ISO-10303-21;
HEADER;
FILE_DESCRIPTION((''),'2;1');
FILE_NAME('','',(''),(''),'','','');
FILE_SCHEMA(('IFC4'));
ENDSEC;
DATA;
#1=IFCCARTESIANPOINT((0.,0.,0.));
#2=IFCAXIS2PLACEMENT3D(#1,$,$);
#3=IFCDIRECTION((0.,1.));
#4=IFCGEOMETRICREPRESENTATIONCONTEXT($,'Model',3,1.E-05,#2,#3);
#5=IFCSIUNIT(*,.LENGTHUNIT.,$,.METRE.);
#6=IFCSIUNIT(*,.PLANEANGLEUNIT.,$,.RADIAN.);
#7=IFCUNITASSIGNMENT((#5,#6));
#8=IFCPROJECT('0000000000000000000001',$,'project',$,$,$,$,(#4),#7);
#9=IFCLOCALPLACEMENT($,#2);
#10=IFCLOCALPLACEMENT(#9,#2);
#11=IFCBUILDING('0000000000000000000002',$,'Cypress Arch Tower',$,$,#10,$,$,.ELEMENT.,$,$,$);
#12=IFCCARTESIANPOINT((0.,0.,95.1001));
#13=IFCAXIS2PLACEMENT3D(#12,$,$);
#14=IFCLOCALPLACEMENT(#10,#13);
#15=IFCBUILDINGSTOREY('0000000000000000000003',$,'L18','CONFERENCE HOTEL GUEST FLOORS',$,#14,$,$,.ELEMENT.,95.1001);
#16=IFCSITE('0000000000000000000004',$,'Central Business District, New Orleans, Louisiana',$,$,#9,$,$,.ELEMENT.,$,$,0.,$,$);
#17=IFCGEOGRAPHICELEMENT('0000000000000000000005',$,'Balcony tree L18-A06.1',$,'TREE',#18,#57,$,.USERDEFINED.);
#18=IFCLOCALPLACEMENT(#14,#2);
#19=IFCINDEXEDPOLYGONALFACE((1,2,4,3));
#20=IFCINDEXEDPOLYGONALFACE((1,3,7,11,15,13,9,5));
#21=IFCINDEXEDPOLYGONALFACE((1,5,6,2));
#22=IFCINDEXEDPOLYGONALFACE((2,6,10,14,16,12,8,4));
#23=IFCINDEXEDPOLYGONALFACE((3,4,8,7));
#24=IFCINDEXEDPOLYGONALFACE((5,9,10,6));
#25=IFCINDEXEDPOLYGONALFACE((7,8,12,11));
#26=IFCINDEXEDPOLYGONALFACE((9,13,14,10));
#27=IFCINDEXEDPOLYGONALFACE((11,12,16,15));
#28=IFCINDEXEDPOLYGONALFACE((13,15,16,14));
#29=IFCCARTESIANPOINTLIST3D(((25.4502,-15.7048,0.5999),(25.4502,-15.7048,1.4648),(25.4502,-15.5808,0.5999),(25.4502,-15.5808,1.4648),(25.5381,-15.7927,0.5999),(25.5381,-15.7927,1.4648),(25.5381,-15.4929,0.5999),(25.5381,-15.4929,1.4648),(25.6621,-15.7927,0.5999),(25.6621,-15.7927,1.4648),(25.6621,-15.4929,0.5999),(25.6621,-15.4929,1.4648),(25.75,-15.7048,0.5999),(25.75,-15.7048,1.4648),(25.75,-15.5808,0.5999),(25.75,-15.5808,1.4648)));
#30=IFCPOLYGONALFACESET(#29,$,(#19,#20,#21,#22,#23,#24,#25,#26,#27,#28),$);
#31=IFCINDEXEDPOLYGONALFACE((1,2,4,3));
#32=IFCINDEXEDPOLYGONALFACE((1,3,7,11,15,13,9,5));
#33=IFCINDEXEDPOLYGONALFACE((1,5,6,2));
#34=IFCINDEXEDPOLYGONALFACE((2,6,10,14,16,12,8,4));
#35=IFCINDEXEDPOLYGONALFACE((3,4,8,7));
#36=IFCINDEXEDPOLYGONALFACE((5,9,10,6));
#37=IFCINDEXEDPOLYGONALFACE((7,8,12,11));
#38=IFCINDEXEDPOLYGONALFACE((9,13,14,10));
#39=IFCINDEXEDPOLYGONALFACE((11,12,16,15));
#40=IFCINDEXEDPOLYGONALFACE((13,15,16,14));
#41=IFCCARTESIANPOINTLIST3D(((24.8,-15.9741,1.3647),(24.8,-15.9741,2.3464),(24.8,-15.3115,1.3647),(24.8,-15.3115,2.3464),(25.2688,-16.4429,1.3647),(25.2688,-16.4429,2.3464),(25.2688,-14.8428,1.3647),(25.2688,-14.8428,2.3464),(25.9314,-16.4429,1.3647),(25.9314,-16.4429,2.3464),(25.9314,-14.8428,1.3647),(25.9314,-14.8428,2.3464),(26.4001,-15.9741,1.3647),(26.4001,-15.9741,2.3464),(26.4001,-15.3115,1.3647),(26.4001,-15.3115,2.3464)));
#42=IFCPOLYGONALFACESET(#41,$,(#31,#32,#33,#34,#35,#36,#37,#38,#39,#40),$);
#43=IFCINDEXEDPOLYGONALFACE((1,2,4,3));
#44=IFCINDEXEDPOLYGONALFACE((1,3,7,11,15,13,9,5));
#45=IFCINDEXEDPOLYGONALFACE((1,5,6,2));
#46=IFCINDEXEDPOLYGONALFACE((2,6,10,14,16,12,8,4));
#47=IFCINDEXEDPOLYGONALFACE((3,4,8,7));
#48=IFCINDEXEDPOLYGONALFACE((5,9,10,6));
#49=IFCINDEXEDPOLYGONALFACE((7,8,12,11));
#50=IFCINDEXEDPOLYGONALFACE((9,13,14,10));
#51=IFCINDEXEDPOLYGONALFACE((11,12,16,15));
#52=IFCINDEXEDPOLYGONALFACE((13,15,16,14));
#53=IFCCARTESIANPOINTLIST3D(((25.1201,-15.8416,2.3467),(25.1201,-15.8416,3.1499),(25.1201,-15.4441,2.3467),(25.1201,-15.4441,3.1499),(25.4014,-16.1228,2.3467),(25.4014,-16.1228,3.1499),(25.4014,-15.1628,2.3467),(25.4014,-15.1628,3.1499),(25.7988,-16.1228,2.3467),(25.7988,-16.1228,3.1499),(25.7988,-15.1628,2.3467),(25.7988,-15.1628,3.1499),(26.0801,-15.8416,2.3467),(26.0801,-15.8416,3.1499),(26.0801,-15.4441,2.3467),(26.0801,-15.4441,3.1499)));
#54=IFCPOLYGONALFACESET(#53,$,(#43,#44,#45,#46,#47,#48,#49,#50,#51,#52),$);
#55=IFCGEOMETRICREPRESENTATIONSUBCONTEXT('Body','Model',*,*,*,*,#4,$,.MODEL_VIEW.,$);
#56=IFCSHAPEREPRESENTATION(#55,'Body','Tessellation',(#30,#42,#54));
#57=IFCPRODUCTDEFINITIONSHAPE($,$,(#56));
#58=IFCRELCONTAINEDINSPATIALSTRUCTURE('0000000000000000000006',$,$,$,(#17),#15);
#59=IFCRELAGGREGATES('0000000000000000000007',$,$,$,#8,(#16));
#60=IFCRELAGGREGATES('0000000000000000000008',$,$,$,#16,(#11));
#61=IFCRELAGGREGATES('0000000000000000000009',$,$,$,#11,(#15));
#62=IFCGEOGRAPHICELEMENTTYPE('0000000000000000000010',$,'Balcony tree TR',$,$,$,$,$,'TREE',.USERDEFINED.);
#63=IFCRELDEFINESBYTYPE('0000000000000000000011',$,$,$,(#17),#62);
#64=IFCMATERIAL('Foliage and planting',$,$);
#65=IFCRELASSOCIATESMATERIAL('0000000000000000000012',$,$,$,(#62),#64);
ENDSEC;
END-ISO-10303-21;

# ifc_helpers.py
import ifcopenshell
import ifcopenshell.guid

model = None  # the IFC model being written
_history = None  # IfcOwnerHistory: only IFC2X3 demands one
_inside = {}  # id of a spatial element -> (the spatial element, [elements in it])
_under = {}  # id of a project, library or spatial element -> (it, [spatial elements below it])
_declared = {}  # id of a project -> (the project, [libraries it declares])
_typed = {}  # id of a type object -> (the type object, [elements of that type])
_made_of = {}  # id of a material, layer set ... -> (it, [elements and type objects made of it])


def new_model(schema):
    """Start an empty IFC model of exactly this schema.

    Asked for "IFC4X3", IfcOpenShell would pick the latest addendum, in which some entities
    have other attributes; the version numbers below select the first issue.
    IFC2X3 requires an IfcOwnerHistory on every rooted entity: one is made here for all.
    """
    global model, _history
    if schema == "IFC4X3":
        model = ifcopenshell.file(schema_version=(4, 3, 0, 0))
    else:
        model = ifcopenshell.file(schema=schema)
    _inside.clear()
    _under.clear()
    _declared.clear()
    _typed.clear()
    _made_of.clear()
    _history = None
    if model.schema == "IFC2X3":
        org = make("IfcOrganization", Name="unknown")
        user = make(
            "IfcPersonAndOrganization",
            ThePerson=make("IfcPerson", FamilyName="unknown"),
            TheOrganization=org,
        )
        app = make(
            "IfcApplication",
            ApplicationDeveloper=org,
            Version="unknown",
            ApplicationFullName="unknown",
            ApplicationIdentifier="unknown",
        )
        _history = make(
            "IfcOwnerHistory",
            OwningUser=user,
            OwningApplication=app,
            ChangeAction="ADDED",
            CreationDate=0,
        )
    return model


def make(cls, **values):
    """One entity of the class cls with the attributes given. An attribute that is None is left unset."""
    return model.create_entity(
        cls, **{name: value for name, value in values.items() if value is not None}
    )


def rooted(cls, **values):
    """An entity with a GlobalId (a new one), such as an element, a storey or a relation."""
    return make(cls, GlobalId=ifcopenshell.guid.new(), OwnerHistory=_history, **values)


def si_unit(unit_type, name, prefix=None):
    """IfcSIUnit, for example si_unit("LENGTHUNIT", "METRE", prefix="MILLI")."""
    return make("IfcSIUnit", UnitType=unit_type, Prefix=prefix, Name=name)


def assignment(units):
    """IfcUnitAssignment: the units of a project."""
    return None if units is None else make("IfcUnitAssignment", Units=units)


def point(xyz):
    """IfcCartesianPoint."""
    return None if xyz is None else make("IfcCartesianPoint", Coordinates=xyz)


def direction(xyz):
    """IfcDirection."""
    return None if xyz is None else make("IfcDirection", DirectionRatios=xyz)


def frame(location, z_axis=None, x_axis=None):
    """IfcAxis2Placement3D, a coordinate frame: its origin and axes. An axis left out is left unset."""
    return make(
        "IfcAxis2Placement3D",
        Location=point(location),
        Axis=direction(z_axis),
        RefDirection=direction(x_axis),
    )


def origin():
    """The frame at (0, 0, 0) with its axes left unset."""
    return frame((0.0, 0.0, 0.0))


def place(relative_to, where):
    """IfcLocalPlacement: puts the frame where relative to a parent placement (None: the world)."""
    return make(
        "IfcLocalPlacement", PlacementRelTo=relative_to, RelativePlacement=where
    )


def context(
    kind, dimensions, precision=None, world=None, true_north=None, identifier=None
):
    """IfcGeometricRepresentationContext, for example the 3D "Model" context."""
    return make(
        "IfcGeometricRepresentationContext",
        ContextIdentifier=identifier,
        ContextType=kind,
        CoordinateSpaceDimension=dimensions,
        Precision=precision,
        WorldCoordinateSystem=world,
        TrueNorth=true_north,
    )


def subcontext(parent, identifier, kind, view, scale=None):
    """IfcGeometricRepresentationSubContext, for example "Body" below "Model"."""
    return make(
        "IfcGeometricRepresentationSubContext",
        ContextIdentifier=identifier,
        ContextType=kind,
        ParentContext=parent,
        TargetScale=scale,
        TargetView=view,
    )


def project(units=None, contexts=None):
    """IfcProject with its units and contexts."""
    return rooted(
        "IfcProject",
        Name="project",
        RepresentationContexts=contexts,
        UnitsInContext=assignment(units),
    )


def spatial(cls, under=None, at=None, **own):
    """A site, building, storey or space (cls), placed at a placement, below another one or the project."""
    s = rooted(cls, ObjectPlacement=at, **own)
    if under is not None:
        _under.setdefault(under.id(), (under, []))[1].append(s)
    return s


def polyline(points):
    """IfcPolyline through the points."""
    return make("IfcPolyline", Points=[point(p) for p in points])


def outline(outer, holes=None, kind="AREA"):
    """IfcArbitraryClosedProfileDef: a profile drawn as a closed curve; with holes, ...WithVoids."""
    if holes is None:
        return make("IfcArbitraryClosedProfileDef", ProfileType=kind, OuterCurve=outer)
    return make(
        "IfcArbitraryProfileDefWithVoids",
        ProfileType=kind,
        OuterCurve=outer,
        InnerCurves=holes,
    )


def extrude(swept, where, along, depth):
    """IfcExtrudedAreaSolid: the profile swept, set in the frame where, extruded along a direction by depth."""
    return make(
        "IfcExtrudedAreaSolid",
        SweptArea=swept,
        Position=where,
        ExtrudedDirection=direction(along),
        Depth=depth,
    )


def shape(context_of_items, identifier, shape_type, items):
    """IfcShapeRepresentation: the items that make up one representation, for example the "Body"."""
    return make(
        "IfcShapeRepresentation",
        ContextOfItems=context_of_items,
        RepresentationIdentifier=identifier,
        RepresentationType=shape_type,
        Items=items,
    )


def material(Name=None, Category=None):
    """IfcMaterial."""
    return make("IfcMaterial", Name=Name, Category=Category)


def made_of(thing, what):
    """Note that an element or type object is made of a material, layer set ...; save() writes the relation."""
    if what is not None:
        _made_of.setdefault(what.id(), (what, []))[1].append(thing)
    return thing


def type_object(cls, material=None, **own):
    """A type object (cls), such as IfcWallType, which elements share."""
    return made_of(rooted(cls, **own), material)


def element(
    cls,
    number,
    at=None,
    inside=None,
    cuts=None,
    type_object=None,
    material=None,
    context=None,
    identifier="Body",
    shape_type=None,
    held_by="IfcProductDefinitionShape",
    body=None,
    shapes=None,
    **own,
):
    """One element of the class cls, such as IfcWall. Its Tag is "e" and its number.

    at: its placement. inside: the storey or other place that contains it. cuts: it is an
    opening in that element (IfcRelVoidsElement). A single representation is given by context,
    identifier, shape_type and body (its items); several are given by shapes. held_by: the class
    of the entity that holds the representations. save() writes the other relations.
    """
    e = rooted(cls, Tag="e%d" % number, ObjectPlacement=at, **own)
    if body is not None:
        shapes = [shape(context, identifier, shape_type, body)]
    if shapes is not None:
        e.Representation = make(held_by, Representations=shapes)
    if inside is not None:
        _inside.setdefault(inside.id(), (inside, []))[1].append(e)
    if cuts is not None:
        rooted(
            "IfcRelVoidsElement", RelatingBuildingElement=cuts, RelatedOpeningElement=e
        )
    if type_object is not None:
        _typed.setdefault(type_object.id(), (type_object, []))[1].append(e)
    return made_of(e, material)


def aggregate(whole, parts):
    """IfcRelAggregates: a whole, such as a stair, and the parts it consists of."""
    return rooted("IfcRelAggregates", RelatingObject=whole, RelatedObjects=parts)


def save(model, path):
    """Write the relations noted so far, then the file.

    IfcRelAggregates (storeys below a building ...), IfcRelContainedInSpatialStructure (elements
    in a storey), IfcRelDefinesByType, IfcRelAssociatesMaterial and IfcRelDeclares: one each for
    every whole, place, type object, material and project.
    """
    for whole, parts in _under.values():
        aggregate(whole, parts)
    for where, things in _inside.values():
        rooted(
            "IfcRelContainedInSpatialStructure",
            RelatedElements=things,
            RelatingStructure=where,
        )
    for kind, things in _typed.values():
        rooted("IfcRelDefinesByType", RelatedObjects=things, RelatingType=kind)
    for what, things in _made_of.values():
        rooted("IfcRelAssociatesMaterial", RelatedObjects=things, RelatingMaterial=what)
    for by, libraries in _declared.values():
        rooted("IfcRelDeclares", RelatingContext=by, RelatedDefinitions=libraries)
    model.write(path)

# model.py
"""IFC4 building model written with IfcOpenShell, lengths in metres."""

from ifc_helpers import new_model, si_unit, direction, frame, origin, place, context, subcontext, project, spatial, polyline, outline, extrude, material, type_object, element, save


model = new_model("IFC4")

# Units and contexts
model_context = context("Model", 3, precision=1e-05, world=origin(), true_north=direction((0.0, 1.0)))
body_context = subcontext(model_context, "Body", "Model", "MODEL_VIEW")
ifc_project = project(units=[si_unit("LENGTHUNIT", "METRE"), si_unit("PLANEANGLEUNIT", "RADIAN")], contexts=[model_context])

# Site, building, storey
site_placement = place(None, origin())
site = spatial("IfcSite", under=ifc_project, at=site_placement, Name="Central Business District, New Orleans, Louisiana", CompositionType="ELEMENT", RefElevation=0.0)
building_placement = place(site_placement, origin())
building = spatial("IfcBuilding", under=site, at=building_placement, Name="Cypress Arch Tower", CompositionType="ELEMENT")
storey_placement = place(building_placement, frame((0.0, 0.0, 95.1001)))
storey = spatial("IfcBuildingStorey", under=building, at=storey_placement, Name="L18", Description="CONFERENCE HOTEL GUEST FLOORS", CompositionType="ELEMENT", Elevation=95.1001)

# Geographic element
ifc_material_1 = material(Name="Foliage and planting")
geographic_element_type = type_object("IfcGeographicElementType", Name="Balcony tree TR", ElementType="TREE", PredefinedType="USERDEFINED", material=ifc_material_1)
geographic_element_placement = place(storey_placement, frame((25.6001, -15.6428, 0.5999), z_axis=(0.0, 0.0, 1.0), x_axis=(1.0, 0.0, 0.0)))
element("IfcGeographicElement", 1, at=geographic_element_placement, inside=storey, type_object=geographic_element_type, Name="Balcony tree L18-A06.1", ObjectType="TREE", PredefinedType="USERDEFINED", context=body_context, shape_type="SweptSolid", body=[
    extrude(outline(polyline([(0.1499, 0.062), (0.062, 0.1499), (-0.062, 0.1499), (-0.1499, 0.062), (-0.1499, -0.062), (-0.062, -0.1499), (0.062, -0.1499), (0.1499, -0.062), (0.1499, 0.062)])), origin(), (0.0, 0.0, 1.0), 0.865),
    extrude(outline(polyline([(0.8, 0.3313), (0.3313, 0.8), (-0.3313, 0.8), (-0.8, 0.3313), (-0.8, -0.3313), (-0.3313, -0.8), (0.3313, -0.8), (0.8, -0.3313), (0.8, 0.3313)])), frame((0.0, 0.0, 0.7649)), (0.0, 0.0, 1.0), 0.9817),
    extrude(outline(polyline([(0.48, 0.1987), (0.1987, 0.48), (-0.1987, 0.48), (-0.48, 0.1987), (-0.48, -0.1987), (-0.1987, -0.48), (0.1987, -0.48), (0.48, -0.1987), (0.48, 0.1987)])), frame((0.0, 0.0, 1.7468)), (0.0, 0.0, 1.0), 0.8032),
])

save(model, "model.ifc")
